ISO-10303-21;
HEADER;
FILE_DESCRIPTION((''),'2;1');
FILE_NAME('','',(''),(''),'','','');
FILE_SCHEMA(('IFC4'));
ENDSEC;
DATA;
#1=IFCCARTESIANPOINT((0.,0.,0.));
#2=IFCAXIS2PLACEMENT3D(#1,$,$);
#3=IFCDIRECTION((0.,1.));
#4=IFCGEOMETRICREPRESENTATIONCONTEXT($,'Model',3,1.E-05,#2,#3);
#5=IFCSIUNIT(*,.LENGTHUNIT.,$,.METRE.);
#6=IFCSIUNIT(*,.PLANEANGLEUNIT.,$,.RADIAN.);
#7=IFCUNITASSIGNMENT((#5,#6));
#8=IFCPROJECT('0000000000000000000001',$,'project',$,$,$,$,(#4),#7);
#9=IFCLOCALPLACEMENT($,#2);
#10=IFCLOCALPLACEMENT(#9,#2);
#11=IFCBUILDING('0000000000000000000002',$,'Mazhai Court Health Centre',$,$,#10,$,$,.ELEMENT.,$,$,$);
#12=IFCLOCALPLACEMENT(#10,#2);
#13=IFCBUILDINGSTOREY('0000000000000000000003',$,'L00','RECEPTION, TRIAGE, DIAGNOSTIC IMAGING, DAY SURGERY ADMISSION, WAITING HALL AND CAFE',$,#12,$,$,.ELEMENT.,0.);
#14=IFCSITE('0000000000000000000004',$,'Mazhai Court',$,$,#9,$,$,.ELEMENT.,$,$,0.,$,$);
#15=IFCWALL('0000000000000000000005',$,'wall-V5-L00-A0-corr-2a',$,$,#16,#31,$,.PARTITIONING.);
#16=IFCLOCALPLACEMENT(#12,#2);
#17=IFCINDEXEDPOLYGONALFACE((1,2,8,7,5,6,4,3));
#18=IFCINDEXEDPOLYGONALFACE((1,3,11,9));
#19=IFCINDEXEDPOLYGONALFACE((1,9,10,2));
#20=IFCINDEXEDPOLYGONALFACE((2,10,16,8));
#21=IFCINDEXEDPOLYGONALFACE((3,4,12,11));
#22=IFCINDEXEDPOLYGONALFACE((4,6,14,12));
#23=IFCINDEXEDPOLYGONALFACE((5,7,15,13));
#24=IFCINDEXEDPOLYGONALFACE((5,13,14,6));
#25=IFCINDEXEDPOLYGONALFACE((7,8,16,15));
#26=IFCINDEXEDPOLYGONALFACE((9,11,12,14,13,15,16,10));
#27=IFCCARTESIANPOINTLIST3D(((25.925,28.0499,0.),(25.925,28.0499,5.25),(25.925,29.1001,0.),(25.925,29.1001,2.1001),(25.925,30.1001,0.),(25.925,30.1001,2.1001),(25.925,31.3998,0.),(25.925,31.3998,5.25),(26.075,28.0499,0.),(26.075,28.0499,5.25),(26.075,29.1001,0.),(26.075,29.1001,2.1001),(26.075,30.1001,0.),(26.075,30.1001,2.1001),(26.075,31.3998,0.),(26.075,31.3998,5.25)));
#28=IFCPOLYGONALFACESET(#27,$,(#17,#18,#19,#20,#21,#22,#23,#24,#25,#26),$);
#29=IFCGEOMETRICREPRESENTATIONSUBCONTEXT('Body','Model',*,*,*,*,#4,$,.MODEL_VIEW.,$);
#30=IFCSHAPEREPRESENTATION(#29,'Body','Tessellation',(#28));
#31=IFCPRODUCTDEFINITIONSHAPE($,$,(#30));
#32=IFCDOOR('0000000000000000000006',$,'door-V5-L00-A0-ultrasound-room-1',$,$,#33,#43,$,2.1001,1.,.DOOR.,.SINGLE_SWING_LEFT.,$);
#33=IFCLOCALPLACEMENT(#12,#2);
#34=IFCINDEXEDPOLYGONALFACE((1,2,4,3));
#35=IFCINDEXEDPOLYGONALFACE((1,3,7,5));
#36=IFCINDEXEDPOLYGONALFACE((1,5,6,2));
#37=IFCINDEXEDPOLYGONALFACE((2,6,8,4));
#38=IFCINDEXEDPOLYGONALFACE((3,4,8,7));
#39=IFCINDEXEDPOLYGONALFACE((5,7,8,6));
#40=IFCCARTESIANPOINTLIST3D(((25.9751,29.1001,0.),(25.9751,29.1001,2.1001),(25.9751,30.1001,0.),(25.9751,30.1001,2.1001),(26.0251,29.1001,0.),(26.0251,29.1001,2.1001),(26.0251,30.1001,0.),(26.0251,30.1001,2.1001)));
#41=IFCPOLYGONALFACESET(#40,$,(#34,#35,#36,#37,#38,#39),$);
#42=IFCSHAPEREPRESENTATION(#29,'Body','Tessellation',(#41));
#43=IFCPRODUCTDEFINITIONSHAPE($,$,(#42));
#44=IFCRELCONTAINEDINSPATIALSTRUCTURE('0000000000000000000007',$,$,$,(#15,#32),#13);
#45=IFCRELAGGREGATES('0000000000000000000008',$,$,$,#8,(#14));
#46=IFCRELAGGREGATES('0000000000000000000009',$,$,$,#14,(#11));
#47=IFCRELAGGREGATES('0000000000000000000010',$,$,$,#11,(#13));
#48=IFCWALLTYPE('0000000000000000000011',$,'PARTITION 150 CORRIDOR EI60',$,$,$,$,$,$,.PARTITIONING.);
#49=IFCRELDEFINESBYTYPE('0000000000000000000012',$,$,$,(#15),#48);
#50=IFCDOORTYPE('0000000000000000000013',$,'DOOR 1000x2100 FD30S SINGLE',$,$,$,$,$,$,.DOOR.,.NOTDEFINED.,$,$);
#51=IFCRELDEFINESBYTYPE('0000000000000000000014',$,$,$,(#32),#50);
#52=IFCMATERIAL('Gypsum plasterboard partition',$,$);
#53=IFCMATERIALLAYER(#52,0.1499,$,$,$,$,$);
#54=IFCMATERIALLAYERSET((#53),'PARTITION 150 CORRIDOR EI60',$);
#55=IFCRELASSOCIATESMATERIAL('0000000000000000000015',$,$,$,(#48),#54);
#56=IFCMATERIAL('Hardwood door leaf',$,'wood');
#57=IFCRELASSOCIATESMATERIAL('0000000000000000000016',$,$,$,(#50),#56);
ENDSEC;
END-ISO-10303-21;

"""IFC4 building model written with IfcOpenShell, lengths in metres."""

from ifc_helpers import new_model, si_unit, direction, frame, frame_2d, origin, place, context, subcontext, project, spatial, rectangle, extrude, material, layer, layer_set, type_object, element, fill, save


model = new_model("IFC4")

# Units and contexts
model_context = context("Model", 3, precision=1e-05, world=origin(), true_north=direction((0.0, 1.0)))
body_context = subcontext(model_context, "Body", "Model", "MODEL_VIEW")
ifc_project = project(units=[si_unit("LENGTHUNIT", "METRE"), si_unit("PLANEANGLEUNIT", "RADIAN")], contexts=[model_context])

# Site, building, storey
site_placement = place(None, origin())
site = spatial("IfcSite", under=ifc_project, at=site_placement, Name="Mazhai Court", CompositionType="ELEMENT", RefElevation=0.0)
building_placement = place(site_placement, origin())
building = spatial("IfcBuilding", under=site, at=building_placement, Name="Mazhai Court Health Centre", CompositionType="ELEMENT")
storey_placement = place(building_placement, origin())
storey = spatial("IfcBuildingStorey", under=building, at=storey_placement, Name="L00", Description="RECEPTION, TRIAGE, DIAGNOSTIC IMAGING, DAY SURGERY ADMISSION, WAITING HALL AND CAFE", CompositionType="ELEMENT", Elevation=0.0)

# Wall, opening, door
ifc_material_1 = material(Name="Gypsum plasterboard partition")
ifc_layer_1 = layer(ifc_material_1, 0.1499)
ifc_layer_set_1 = layer_set([ifc_layer_1], Name="PARTITION 150 CORRIDOR EI60")
wall_type_1 = type_object("IfcWallType", Name="PARTITION 150 CORRIDOR EI60", PredefinedType="PARTITIONING", material=ifc_layer_set_1)
wall_1_placement = place(storey_placement, frame((26.0, 28.05, 0.0), z_axis=(0.0, 0.0, 1.0), x_axis=(0.0, 1.0, 0.0)))
wall_1 = element("IfcWall", 1, at=wall_1_placement, inside=storey, type_object=wall_type_1, Name="wall-V5-L00-A0-corr-2a", PredefinedType="PARTITIONING", context=body_context, shape_type="SweptSolid", body=[
    extrude(rectangle(XDim=3.3499, YDim=0.1499, at=frame_2d((1.6748, 0.0))), origin(), (0.0, 0.0, 1.0), 5.25),
])
opening_1_placement = place(wall_1_placement, frame((1.05, 0.0, 0.0)))
opening_1 = element("IfcOpeningElement", 2, at=opening_1_placement, cuts=wall_1, PredefinedType="OPENING", context=body_context, shape_type="SweptSolid", body=[
    extrude(rectangle(XDim=1.0, YDim=2.1001, at=frame_2d((0.5, 1.05))), frame((0.0, 0.085, 0.0), z_axis=(0.0, -1.0, 0.0), x_axis=(1.0, 0.0, 0.0)), (0.0, 0.0, 1.0), 0.1699),
])
ifc_material_2 = material(Name="Hardwood door leaf", Category="wood")
door_type_1 = type_object("IfcDoorType", Name="DOOR 1000x2100 FD30S SINGLE", OperationType="NOTDEFINED", PredefinedType="DOOR", material=ifc_material_2)
door_1_placement = place(opening_1_placement, origin())
door_1 = element("IfcDoor", 3, at=door_1_placement, inside=storey, type_object=door_type_1, Name="door-V5-L00-A0-ultrasound-room-1", OperationType="SINGLE_SWING_LEFT", OverallHeight=2.1001, OverallWidth=1.0, PredefinedType="DOOR", context=body_context, shape_type="SweptSolid", body=[
    extrude(rectangle(XDim=1.0, YDim=2.1001, at=frame_2d((0.5, 1.05))), frame((0.0, 0.0249, 0.0), z_axis=(0.0, -1.0, 0.0), x_axis=(1.0, 0.0, 0.0)), (0.0, 0.0, 1.0), 0.05),
])
fill(opening_1, door_1)

save(model, "model.ifc")
